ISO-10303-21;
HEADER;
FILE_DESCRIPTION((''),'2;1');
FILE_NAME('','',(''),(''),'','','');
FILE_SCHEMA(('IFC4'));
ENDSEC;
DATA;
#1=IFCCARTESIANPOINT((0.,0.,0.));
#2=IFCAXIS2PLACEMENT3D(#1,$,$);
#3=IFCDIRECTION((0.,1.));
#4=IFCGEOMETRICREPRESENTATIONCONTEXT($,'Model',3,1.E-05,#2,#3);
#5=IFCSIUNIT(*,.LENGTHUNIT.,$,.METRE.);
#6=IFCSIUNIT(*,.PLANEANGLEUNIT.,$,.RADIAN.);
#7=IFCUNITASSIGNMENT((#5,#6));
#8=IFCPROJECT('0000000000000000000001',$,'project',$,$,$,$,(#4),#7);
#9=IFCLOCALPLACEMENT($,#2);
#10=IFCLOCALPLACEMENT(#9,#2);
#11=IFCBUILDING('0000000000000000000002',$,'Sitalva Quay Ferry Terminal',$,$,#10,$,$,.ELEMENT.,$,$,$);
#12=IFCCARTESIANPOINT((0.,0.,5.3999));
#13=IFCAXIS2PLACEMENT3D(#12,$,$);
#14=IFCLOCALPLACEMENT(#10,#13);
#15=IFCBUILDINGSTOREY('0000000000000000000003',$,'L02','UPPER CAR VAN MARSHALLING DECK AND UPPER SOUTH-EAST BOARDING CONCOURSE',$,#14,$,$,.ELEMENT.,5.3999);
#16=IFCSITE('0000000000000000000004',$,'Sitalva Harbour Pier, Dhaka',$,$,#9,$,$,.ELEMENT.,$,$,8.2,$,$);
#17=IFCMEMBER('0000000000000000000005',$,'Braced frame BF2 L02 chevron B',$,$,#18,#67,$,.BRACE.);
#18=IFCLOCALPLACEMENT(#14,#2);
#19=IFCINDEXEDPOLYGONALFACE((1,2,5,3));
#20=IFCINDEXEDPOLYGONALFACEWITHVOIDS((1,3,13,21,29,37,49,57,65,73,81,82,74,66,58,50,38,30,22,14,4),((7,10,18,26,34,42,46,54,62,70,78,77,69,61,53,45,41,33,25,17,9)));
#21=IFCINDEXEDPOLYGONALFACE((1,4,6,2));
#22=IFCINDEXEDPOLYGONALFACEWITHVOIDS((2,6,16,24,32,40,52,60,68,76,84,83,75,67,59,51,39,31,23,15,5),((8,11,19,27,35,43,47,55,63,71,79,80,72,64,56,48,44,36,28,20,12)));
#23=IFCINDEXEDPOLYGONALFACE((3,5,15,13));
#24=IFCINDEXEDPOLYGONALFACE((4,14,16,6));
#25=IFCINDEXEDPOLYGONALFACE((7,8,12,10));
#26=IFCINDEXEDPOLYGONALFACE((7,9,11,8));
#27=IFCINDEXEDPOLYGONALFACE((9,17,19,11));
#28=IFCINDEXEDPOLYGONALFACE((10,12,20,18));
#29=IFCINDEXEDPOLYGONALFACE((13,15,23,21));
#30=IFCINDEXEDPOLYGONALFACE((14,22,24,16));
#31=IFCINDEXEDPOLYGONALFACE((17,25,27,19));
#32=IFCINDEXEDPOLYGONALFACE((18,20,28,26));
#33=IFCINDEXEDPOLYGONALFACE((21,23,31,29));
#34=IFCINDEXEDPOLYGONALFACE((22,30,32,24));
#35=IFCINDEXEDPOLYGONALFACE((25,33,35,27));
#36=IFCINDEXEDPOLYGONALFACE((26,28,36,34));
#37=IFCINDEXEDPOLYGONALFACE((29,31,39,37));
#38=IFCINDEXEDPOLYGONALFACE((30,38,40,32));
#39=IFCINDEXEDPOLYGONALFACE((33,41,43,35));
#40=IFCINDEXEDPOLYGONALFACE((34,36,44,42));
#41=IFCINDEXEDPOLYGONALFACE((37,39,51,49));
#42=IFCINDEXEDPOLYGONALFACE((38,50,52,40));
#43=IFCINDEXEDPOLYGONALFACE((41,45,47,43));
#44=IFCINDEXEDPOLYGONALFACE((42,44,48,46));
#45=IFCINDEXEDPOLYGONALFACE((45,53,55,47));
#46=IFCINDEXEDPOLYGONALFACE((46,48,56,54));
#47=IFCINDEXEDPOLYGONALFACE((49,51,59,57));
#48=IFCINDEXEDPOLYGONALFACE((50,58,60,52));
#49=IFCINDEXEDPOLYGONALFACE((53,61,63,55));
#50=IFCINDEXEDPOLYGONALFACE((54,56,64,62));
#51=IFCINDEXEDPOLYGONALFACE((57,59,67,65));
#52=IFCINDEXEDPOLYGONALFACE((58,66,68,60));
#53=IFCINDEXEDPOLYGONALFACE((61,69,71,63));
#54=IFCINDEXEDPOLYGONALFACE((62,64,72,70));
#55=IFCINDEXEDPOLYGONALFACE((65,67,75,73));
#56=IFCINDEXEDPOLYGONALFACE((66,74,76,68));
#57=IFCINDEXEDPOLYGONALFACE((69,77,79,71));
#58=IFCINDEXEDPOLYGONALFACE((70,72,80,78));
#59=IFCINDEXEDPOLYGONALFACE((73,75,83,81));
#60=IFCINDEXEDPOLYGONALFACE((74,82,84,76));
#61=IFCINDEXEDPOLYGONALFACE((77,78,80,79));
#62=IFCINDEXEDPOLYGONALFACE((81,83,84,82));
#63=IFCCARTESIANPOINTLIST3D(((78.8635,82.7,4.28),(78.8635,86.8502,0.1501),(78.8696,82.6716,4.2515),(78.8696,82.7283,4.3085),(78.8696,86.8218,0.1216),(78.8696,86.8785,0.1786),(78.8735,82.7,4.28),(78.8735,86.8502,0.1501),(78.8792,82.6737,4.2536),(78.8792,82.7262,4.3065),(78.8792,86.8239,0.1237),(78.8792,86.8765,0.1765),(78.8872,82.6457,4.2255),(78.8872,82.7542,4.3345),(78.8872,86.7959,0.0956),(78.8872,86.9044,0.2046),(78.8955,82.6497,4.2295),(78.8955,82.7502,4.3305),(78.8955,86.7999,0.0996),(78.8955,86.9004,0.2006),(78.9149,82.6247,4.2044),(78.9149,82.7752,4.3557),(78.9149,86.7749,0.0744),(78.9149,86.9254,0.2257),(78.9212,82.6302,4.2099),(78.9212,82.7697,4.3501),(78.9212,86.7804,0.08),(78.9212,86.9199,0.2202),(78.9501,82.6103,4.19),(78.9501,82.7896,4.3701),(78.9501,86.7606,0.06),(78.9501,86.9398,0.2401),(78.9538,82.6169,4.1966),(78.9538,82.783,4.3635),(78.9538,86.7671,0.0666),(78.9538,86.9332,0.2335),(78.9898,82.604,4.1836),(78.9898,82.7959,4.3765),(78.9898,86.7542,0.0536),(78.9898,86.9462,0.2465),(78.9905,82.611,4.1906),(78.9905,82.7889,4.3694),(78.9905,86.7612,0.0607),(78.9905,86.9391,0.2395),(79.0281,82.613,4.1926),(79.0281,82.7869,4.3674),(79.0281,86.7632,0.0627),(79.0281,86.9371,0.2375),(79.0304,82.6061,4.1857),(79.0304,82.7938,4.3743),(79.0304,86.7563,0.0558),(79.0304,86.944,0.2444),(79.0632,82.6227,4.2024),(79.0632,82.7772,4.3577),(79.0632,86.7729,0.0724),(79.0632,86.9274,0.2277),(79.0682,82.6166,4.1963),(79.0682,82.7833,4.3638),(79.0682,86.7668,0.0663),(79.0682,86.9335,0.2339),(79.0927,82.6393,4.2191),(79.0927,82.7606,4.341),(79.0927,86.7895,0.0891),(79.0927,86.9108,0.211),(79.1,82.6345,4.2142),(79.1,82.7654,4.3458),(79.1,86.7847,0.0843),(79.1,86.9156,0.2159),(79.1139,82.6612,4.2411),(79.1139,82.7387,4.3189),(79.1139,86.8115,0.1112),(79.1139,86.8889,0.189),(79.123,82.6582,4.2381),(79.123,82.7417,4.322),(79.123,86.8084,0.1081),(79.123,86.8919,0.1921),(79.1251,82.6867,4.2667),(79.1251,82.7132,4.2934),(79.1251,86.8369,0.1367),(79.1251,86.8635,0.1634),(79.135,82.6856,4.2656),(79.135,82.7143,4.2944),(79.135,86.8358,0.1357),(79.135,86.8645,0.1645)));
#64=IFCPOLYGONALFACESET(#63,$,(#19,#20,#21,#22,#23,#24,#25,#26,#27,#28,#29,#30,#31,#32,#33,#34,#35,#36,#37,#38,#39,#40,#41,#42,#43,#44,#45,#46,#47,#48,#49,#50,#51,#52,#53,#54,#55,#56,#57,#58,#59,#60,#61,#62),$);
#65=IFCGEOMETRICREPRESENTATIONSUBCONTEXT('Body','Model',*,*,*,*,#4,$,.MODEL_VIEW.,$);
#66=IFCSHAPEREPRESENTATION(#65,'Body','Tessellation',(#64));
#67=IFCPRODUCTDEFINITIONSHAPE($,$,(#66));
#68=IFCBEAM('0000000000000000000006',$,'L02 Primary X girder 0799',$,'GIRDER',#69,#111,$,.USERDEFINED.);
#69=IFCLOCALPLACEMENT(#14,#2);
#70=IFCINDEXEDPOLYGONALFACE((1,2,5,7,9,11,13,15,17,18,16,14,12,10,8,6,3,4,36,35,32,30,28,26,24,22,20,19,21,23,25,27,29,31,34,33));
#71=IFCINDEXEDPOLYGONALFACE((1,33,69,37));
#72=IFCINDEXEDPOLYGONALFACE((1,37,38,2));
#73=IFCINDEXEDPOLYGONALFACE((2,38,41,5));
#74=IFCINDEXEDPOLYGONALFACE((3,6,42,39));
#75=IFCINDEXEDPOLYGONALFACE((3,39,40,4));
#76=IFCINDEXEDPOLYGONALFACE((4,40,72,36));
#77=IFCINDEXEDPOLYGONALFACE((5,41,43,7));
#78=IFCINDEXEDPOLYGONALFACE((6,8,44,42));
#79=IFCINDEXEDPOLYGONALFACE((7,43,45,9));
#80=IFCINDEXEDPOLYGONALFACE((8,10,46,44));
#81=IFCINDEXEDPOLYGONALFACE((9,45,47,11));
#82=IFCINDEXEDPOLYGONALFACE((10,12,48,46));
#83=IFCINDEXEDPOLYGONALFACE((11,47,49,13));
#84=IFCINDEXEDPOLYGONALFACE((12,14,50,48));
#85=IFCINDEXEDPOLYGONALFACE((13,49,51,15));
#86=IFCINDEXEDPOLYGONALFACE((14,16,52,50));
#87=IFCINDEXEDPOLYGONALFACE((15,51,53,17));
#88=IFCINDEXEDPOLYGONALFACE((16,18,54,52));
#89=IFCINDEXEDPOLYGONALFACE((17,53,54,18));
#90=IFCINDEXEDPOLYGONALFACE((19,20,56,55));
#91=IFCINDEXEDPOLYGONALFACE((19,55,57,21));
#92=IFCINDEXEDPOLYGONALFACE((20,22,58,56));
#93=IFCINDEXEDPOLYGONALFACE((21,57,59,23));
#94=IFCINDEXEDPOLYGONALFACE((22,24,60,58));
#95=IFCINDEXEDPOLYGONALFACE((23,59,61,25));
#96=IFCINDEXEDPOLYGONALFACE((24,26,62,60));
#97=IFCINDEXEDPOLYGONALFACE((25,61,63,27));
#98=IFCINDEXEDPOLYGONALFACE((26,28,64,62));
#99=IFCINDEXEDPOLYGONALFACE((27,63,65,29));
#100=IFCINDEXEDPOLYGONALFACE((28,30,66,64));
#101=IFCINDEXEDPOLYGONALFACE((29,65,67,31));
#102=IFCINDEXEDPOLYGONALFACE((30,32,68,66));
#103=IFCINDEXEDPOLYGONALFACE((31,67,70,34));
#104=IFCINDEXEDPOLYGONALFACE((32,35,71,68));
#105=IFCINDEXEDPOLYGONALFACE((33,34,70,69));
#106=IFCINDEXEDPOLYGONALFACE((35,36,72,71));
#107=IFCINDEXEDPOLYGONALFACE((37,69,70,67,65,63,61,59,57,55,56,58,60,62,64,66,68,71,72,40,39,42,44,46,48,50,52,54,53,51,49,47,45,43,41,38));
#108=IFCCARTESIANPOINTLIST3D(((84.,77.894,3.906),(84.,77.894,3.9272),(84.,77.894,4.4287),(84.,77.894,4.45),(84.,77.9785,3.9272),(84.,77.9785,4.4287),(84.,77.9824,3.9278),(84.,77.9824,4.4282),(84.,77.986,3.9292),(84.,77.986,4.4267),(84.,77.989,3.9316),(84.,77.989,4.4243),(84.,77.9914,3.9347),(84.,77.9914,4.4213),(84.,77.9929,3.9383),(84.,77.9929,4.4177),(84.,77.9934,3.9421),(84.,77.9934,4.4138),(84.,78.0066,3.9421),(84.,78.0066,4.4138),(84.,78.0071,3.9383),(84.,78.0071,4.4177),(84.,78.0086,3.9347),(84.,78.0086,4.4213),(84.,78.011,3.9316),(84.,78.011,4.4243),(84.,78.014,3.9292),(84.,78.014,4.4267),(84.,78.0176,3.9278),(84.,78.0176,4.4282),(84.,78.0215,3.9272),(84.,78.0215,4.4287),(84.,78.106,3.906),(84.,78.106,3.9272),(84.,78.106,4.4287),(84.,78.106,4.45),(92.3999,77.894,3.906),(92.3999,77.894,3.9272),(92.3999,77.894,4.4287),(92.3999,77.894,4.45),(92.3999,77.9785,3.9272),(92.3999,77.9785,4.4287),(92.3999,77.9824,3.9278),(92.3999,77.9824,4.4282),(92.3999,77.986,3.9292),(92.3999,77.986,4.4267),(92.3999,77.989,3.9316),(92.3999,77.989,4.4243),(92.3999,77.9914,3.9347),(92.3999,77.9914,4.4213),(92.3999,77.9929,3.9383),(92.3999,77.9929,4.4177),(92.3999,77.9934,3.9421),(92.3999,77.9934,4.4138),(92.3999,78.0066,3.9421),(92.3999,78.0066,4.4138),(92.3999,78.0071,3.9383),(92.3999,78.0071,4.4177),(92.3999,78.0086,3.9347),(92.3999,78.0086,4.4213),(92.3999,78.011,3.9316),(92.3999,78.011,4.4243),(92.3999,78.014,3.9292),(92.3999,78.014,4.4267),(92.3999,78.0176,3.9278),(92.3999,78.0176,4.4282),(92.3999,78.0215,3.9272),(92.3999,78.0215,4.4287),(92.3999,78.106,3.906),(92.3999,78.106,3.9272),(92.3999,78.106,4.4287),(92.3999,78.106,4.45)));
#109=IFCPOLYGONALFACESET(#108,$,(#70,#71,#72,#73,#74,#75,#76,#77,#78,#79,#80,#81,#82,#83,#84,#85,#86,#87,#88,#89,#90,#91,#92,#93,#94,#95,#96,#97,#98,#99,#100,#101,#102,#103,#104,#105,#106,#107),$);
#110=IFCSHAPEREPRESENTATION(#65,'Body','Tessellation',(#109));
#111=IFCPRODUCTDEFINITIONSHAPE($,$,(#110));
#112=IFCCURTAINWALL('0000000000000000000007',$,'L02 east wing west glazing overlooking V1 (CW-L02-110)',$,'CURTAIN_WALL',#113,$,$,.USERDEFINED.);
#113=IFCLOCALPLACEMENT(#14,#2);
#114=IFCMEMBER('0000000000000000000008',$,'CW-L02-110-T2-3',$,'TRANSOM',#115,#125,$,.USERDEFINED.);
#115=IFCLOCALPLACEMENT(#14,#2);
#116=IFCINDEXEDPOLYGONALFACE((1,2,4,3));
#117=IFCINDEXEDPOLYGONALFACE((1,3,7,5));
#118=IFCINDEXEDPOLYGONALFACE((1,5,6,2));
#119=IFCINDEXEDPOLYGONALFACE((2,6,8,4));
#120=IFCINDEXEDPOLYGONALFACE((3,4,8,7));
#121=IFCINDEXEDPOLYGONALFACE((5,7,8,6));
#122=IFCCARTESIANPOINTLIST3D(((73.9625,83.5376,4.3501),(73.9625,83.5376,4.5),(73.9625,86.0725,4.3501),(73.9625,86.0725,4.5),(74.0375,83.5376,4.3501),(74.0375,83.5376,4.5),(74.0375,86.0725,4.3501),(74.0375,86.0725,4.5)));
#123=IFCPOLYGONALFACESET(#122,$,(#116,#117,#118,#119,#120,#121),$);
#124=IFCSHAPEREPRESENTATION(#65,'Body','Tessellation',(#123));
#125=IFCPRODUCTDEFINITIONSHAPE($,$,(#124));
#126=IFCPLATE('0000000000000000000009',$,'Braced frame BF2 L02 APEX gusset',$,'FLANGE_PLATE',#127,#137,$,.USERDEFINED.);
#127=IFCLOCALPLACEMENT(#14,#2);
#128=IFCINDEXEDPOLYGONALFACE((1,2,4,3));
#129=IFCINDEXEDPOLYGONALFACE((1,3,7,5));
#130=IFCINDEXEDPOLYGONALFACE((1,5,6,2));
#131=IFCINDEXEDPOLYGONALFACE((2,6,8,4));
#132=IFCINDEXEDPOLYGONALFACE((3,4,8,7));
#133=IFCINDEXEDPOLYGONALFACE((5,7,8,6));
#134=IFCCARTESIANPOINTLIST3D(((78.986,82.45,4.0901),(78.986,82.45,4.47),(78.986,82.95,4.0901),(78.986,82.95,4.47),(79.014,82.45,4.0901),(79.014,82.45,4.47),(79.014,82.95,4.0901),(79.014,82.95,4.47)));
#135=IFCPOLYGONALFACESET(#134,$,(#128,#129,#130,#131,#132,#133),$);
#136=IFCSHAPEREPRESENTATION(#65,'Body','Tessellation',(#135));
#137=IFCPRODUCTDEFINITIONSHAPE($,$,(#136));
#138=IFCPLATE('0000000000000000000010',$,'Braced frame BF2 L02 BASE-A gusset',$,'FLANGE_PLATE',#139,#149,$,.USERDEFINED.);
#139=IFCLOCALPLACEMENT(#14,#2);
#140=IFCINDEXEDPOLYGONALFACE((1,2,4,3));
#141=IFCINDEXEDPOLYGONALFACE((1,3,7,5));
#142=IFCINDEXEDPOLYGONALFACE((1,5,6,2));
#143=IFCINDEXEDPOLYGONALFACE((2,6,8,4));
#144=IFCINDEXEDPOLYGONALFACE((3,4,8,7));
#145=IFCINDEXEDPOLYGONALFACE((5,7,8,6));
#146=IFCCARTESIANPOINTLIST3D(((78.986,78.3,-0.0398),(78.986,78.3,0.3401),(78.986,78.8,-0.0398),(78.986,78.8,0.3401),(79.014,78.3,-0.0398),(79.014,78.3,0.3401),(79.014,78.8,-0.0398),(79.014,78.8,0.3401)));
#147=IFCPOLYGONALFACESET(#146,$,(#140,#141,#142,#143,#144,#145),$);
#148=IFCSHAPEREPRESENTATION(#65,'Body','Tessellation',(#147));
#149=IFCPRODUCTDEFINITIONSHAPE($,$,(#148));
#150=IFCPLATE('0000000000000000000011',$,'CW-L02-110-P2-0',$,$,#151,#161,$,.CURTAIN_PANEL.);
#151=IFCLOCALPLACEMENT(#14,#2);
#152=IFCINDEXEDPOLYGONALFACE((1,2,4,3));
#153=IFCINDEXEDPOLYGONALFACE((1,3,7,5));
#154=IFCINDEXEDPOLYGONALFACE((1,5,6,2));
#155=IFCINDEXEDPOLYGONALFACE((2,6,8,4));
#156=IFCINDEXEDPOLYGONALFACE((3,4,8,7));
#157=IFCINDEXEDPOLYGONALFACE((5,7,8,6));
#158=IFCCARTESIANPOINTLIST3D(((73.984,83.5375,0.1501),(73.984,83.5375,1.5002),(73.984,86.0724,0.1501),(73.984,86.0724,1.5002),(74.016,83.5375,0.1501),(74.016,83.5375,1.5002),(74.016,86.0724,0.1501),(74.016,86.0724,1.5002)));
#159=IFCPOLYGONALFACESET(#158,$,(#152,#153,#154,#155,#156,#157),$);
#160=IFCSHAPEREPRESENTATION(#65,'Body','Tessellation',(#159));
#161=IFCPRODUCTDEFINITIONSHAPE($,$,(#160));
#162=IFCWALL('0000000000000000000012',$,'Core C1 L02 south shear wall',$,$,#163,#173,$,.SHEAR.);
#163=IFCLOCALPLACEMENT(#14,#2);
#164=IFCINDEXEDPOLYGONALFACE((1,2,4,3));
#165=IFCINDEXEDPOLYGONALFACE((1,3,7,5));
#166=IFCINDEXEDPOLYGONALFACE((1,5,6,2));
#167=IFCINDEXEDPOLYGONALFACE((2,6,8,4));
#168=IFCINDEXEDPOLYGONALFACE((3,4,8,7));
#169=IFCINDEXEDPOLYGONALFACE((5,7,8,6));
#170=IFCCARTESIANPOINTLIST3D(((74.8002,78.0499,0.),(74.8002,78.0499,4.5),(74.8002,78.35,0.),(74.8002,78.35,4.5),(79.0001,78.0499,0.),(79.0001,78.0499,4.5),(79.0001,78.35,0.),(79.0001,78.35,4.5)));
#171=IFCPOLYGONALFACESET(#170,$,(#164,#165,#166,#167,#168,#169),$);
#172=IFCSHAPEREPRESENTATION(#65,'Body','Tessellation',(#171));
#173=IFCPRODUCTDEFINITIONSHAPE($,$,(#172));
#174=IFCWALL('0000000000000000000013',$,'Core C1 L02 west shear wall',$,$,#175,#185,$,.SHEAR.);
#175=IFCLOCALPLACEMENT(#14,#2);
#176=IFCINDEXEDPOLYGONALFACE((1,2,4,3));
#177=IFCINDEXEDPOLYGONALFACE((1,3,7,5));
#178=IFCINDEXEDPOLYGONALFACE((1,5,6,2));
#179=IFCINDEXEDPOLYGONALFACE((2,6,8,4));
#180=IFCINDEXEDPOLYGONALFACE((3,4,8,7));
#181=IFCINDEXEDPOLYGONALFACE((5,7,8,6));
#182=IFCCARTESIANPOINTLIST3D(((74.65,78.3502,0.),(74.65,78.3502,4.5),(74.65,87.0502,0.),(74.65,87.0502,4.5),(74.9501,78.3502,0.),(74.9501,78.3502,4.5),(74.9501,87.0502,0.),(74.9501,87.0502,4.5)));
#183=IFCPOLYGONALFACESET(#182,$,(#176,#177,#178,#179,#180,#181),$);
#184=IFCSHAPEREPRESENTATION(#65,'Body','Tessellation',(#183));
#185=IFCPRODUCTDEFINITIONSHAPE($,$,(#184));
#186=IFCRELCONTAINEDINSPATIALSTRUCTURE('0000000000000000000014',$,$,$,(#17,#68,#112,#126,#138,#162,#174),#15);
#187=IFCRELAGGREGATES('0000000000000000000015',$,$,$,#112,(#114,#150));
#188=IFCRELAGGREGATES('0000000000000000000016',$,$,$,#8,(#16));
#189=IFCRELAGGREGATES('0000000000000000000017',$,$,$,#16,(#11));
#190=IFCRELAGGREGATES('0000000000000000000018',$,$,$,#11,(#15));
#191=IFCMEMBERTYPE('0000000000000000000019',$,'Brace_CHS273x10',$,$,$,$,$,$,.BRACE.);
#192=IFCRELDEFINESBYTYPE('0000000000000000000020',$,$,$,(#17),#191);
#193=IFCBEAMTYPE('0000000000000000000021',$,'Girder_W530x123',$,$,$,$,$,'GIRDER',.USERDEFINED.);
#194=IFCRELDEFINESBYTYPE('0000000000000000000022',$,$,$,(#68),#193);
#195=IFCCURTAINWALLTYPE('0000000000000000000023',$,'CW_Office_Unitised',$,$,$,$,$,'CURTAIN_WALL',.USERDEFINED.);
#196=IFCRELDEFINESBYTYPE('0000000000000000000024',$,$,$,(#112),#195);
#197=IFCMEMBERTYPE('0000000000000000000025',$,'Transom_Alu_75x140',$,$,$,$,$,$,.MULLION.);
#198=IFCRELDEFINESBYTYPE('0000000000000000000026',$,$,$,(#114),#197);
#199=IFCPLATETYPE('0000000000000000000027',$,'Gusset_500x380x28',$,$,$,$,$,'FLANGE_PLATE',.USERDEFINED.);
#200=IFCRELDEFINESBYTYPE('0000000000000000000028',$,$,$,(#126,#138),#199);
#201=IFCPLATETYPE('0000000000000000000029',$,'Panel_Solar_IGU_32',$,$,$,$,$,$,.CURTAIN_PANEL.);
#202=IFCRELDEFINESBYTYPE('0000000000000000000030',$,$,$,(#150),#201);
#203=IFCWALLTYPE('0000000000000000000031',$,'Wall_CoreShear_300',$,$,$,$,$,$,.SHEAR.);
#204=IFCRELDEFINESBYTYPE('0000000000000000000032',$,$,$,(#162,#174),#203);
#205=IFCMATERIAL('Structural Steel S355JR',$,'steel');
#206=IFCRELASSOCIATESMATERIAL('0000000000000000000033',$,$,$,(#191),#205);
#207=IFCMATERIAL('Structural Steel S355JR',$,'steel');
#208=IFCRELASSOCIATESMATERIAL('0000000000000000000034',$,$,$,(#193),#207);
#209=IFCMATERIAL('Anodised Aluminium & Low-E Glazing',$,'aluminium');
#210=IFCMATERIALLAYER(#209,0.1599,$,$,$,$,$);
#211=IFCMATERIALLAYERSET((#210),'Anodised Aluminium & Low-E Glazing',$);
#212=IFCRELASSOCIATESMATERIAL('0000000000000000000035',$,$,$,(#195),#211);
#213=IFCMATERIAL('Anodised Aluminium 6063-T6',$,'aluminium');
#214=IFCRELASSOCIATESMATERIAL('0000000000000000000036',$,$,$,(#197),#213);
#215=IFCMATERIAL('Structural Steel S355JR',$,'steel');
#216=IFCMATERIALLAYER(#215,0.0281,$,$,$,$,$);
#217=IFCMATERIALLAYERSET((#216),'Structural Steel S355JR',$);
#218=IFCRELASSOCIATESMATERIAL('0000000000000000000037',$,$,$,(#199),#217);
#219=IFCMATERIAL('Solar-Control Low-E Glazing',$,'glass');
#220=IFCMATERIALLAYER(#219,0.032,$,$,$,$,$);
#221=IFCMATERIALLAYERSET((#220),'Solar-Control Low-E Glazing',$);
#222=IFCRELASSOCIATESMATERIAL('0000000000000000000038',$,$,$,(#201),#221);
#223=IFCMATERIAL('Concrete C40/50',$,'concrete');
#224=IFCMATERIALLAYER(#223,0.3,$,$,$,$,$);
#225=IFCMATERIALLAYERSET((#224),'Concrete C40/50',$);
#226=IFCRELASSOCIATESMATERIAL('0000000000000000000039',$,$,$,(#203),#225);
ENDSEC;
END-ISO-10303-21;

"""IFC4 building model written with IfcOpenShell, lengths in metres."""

from ifc_helpers import new_model, si_unit, direction, frame, frame_2d, origin, origin_2d, place, context, subcontext, project, spatial, rectangle, hollow_circle, i_section, extrude, material, layer, layer_set, material_profile, profile_set, type_object, element, aggregate, save


model = new_model("IFC4")

# Units and contexts
model_context = context("Model", 3, precision=1e-05, world=origin(), true_north=direction((0.0, 1.0)))
body_context = subcontext(model_context, "Body", "Model", "MODEL_VIEW")
ifc_project = project(units=[si_unit("LENGTHUNIT", "METRE"), si_unit("PLANEANGLEUNIT", "RADIAN")], contexts=[model_context])

# Site, building, storey
site_placement = place(None, origin())
site = spatial("IfcSite", under=ifc_project, at=site_placement, Name="Sitalva Harbour Pier, Dhaka", CompositionType="ELEMENT", RefElevation=8.2)
building_placement = place(site_placement, origin())
building = spatial("IfcBuilding", under=site, at=building_placement, Name="Sitalva Quay Ferry Terminal", CompositionType="ELEMENT")
storey_placement = place(building_placement, frame((0.0, 0.0, 5.3999)))
storey = spatial("IfcBuildingStorey", under=building, at=storey_placement, Name="L02", Description="UPPER CAR VAN MARSHALLING DECK AND UPPER SOUTH-EAST BOARDING CONCOURSE", CompositionType="ELEMENT", Elevation=5.3999)

# Member
ifc_material_1 = material(Name="Structural Steel S355JR", Category="steel")
ifc_material_profile_1 = material_profile(ifc_material_1, hollow_circle(Radius=0.1365, WallThickness=0.01, at=origin_2d()), Name="CHS273x10")
ifc_profile_set_1 = profile_set([ifc_material_profile_1], Name="Structural Steel S355JR")
member_type_1 = type_object("IfcMemberType", Name="Brace_CHS273x10", PredefinedType="BRACE", material=ifc_profile_set_1)
member_1_placement = place(storey_placement, frame((79.0, 82.7, 4.28), z_axis=(0.0, 0.708835, -0.705374), x_axis=(-1.0, 0.0, 0.0)))
element("IfcMember", 1, at=member_1_placement, inside=storey, type_object=member_type_1, Name="Braced frame BF2 L02 chevron B", PredefinedType="BRACE", context=body_context, shape_type="SweptSolid", body=[
    extrude(hollow_circle(Radius=0.1365, WallThickness=0.01, at=origin_2d()), origin(), (0.0, 0.0, 1.0), 5.855),
])

# Beam
ifc_material_2 = material(Name="Structural Steel S355JR", Category="steel")
ifc_material_profile_2 = material_profile(ifc_material_2, i_section(OverallWidth=0.2119, OverallDepth=0.5439, WebThickness=0.0132, FlangeThickness=0.0212, FilletRadius=0.0149, at=origin_2d()), Name="W530x123")
ifc_profile_set_2 = profile_set([ifc_material_profile_2], Name="Structural Steel S355JR")
beam_type_1 = type_object("IfcBeamType", Name="Girder_W530x123", ElementType="GIRDER", PredefinedType="USERDEFINED", material=ifc_profile_set_2)
beam_1_placement = place(storey_placement, frame((84.0, 78.0, 4.178), z_axis=(1.0, 0.0, 0.0), x_axis=(0.0, 1.0, 0.0)))
element("IfcBeam", 2, at=beam_1_placement, inside=storey, type_object=beam_type_1, Name="L02 Primary X girder 0799", ObjectType="GIRDER", PredefinedType="USERDEFINED", context=body_context, shape_type="SweptSolid", body=[
    extrude(i_section(OverallWidth=0.2119, OverallDepth=0.5439, WebThickness=0.0132, FlangeThickness=0.0212, FilletRadius=0.0149, at=origin_2d()), origin(), (0.0, 0.0, 1.0), 8.3999),
])

# Curtain wall, member
ifc_material_3 = material(Name="Anodised Aluminium & Low-E Glazing", Category="aluminium")
ifc_layer_1 = layer(ifc_material_3, 0.1599)
ifc_layer_set_1 = layer_set([ifc_layer_1], Name="Anodised Aluminium & Low-E Glazing")
curtain_wall_type = type_object("IfcCurtainWallType", Name="CW_Office_Unitised", ElementType="CURTAIN_WALL", PredefinedType="USERDEFINED", material=ifc_layer_set_1)
curtain_wall_placement = place(storey_placement, origin())
curtain_wall = element("IfcCurtainWall", 3, at=curtain_wall_placement, inside=storey, type_object=curtain_wall_type, Name="L02 east wing west glazing overlooking V1 (CW-L02-110)", ObjectType="CURTAIN_WALL", PredefinedType="USERDEFINED")
ifc_material_4 = material(Name="Anodised Aluminium 6063-T6", Category="aluminium")
ifc_material_profile_3 = material_profile(ifc_material_4, rectangle(XDim=0.075, YDim=0.1499, at=origin_2d()), Name="ALU75x150")
ifc_profile_set_3 = profile_set([ifc_material_profile_3], Name="Anodised Aluminium 6063-T6")
member_type_2 = type_object("IfcMemberType", Name="Transom_Alu_75x140", PredefinedType="MULLION", material=ifc_profile_set_3)
member_2_placement = place(storey_placement, frame((74.0, 83.5376, 4.425), z_axis=(0.0, 1.0, 0.0), x_axis=(-1.0, 0.0, 0.0)))
member_2 = element("IfcMember", 4, at=member_2_placement, type_object=member_type_2, Name="CW-L02-110-T2-3", ObjectType="TRANSOM", PredefinedType="USERDEFINED", context=body_context, shape_type="SweptSolid", body=[
    extrude(rectangle(XDim=0.075, YDim=0.1499, at=origin_2d()), origin(), (0.0, 0.0, 1.0), 2.5349),
])

# Plates
ifc_material_5 = material(Name="Structural Steel S355JR", Category="steel")
ifc_layer_2 = layer(ifc_material_5, 0.0281)
ifc_layer_set_2 = layer_set([ifc_layer_2], Name="Structural Steel S355JR")
plate_type_1 = type_object("IfcPlateType", Name="Gusset_500x380x28", ElementType="FLANGE_PLATE", PredefinedType="USERDEFINED", material=ifc_layer_set_2)
for number, where, z_axis, x_axis, name in (
    (5, (79.0, 82.7, 4.0901), (0.0, 0.0, 1.0), (1.0, 0.0, 0.0), "Braced frame BF2 L02 APEX gusset"),
    (6, (79.0, 78.55, -0.0398), (0.0, 0.0, 1.0), (1.0, 0.0, 0.0), "Braced frame BF2 L02 BASE-A gusset"),
):
    element("IfcPlate", number, at=place(storey_placement, frame(where, z_axis=z_axis, x_axis=x_axis)), inside=storey, type_object=plate_type_1, Name=name, ObjectType="FLANGE_PLATE", PredefinedType="USERDEFINED", context=body_context, shape_type="SweptSolid", body=[
        extrude(rectangle(XDim=0.0281, YDim=0.5, at=origin_2d()), origin(), (0.0, 0.0, 1.0), 0.3799),
    ])

# Plate
ifc_material_6 = material(Name="Solar-Control Low-E Glazing", Category="glass")
ifc_layer_3 = layer(ifc_material_6, 0.032)
ifc_layer_set_3 = layer_set([ifc_layer_3], Name="Solar-Control Low-E Glazing")
plate_type_2 = type_object("IfcPlateType", Name="Panel_Solar_IGU_32", PredefinedType="CURTAIN_PANEL", material=ifc_layer_set_3)
plate_placement = place(storey_placement, frame((74.0, 84.8049, 0.1501), z_axis=(0.0, 0.0, 1.0), x_axis=(0.0, 1.0, 0.0)))
plate = element("IfcPlate", 7, at=plate_placement, type_object=plate_type_2, Name="CW-L02-110-P2-0", PredefinedType="CURTAIN_PANEL", context=body_context, shape_type="SweptSolid", body=[
    extrude(rectangle(XDim=2.5349, YDim=0.032, at=origin_2d()), origin(), (0.0, 0.0, 1.0), 1.3501),
])
aggregate(curtain_wall, [member_2, plate])

# Walls
ifc_material_7 = material(Name="Concrete C40/50", Category="concrete")
ifc_layer_4 = layer(ifc_material_7, 0.3)
ifc_layer_set_4 = layer_set([ifc_layer_4], Name="Concrete C40/50")
wall_type_1 = type_object("IfcWallType", Name="Wall_CoreShear_300", PredefinedType="SHEAR", material=ifc_layer_set_4)
wall_1_placement = place(storey_placement, frame((74.8, 78.2, 0.0), z_axis=(0.0, 0.0, 1.0), x_axis=(1.0, 0.0, 0.0)))
element("IfcWall", 8, at=wall_1_placement, inside=storey, type_object=wall_type_1, Name="Core C1 L02 south shear wall", PredefinedType="SHEAR", context=body_context, shape_type="SweptSolid", body=[
    extrude(rectangle(XDim=4.2, YDim=0.3, at=frame_2d((2.1001, 0.0))), origin(), (0.0, 0.0, 1.0), 4.5),
])
for number, where, z_axis, x_axis, name in (
    (9, (74.8, 78.3501, 0.0), (0.0, 0.0, 1.0), (0.0, 1.0, 0.0), "Core C1 L02 west shear wall"),
):
    element("IfcWall", number, at=place(storey_placement, frame(where, z_axis=z_axis, x_axis=x_axis)), inside=storey, type_object=wall_type_1, Name=name, PredefinedType="SHEAR", context=body_context, shape_type="SweptSolid", body=[
        extrude(rectangle(XDim=8.7, YDim=0.3, at=frame_2d((4.3501, 0.0))), origin(), (0.0, 0.0, 1.0), 4.5),
    ])

save(model, "model.ifc")
